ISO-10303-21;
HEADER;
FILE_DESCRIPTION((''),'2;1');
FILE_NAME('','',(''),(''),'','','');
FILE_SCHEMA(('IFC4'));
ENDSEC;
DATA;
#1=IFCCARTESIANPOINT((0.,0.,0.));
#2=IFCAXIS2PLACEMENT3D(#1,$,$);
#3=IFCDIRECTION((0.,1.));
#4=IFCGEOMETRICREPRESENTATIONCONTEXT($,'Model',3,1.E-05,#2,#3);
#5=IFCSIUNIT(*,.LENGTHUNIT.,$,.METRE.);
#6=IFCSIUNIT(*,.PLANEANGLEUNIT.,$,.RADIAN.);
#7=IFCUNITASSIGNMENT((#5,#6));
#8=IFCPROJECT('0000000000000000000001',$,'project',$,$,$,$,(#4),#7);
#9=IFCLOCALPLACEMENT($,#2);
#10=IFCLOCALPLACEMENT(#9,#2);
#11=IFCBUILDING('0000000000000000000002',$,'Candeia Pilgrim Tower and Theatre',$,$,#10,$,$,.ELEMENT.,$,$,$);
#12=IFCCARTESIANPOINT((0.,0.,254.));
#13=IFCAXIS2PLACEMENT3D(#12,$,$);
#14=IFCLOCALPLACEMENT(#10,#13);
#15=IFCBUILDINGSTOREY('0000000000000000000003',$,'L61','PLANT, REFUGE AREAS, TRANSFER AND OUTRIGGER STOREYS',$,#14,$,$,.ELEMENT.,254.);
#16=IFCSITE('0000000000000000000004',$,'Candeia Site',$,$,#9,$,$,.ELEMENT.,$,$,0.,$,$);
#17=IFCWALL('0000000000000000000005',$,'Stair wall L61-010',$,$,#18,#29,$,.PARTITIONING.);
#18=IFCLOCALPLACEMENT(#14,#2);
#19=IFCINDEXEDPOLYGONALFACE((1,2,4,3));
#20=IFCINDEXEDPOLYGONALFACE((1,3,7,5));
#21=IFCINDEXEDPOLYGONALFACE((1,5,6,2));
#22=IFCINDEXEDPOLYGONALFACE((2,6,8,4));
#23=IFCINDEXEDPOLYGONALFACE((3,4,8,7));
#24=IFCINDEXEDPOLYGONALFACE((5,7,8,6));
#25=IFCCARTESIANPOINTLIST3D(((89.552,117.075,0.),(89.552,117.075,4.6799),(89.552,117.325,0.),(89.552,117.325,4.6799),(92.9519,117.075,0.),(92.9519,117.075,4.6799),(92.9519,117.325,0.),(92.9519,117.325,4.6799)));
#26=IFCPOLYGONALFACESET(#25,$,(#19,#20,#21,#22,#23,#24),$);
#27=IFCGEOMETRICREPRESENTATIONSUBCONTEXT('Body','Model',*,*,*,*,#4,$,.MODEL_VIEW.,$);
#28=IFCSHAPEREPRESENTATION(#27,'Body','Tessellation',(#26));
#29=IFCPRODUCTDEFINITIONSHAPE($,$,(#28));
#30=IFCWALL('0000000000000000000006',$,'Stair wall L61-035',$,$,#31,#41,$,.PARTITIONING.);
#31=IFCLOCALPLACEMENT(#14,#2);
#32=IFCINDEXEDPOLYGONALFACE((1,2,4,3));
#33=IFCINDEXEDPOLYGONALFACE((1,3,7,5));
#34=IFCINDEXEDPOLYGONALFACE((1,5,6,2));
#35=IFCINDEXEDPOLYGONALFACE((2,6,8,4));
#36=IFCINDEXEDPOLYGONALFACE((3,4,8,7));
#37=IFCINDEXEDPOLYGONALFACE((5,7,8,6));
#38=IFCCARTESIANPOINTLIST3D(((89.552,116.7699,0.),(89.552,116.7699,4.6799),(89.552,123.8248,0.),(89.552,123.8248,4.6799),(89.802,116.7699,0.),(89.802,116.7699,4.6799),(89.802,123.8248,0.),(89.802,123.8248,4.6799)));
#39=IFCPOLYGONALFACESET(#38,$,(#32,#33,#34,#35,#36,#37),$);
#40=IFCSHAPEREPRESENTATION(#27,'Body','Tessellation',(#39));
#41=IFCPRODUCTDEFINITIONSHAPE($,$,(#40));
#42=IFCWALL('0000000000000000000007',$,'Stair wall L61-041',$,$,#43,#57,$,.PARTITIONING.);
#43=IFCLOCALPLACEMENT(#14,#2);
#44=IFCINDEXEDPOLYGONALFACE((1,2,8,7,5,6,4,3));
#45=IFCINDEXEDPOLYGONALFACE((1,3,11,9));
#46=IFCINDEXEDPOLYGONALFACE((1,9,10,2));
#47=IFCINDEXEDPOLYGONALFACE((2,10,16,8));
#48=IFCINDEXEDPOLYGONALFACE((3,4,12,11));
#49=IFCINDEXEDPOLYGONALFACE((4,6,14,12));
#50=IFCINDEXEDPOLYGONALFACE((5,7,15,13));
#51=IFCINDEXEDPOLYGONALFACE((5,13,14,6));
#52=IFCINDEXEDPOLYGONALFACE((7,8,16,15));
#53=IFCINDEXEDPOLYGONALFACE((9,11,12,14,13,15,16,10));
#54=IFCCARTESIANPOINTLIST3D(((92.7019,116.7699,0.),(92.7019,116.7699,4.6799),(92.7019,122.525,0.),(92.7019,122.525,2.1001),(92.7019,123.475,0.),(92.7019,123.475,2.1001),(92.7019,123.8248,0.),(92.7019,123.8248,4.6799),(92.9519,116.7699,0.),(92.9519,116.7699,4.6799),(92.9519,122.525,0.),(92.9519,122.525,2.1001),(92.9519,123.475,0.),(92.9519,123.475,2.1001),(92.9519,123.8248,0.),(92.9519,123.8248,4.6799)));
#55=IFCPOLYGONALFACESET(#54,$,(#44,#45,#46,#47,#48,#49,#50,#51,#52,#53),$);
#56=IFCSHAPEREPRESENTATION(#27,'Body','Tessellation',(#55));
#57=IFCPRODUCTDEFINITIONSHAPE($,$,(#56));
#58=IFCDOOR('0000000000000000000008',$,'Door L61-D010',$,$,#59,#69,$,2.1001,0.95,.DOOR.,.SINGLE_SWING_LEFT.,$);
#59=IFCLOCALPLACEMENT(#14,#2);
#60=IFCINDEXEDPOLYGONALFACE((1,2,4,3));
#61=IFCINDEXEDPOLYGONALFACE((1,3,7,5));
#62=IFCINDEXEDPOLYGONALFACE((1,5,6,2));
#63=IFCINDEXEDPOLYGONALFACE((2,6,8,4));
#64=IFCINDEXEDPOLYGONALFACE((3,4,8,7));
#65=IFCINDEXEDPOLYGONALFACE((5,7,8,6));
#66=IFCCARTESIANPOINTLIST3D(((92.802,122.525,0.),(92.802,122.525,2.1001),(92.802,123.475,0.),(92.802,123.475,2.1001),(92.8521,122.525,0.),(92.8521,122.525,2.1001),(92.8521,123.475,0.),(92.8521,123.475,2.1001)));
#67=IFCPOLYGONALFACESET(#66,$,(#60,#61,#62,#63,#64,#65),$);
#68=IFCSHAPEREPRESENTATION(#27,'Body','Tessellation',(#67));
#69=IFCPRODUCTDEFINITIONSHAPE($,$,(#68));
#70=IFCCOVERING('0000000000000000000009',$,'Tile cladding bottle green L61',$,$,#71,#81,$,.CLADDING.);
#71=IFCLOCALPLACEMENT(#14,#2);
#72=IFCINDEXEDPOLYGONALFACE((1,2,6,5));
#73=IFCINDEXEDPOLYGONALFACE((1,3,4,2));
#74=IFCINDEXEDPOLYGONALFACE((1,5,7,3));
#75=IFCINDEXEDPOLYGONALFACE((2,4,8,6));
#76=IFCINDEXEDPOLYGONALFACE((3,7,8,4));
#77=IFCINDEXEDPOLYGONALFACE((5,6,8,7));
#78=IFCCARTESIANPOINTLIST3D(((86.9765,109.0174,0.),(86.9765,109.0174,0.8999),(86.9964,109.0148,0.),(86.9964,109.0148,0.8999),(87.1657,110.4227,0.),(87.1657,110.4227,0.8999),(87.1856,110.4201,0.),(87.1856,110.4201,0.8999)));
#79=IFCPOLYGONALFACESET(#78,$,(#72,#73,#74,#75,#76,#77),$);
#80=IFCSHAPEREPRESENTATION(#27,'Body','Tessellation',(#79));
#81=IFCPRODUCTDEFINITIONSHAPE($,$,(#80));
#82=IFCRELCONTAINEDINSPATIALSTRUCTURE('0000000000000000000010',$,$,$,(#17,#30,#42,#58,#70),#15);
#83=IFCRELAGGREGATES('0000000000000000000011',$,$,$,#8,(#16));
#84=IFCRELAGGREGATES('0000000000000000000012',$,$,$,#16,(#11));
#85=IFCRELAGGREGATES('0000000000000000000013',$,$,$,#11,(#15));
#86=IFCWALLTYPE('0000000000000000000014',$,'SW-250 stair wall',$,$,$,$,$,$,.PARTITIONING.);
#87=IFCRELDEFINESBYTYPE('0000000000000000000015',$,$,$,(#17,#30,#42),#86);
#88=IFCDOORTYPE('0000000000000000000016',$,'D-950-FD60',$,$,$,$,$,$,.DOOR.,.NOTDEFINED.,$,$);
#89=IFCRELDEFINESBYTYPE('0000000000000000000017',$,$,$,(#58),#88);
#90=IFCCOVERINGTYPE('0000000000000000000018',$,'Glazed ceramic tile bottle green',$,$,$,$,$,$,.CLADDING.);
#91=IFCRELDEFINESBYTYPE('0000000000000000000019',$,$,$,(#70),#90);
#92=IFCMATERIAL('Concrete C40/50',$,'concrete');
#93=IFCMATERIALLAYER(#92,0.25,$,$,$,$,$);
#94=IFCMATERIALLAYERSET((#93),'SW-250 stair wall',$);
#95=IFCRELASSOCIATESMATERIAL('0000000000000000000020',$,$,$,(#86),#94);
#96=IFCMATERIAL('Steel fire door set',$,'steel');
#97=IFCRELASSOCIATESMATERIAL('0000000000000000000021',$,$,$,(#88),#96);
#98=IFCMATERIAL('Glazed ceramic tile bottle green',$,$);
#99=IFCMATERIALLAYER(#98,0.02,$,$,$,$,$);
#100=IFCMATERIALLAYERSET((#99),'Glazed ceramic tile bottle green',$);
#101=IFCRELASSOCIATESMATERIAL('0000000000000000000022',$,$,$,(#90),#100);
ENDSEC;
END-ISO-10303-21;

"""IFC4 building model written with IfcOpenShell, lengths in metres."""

from ifc_helpers import new_model, si_unit, direction, frame, frame_2d, origin, origin_2d, place, context, subcontext, project, spatial, rectangle, extrude, material, layer, layer_set, type_object, element, fill, save


model = new_model("IFC4")

# Units and contexts
model_context = context("Model", 3, precision=1e-05, world=origin(), true_north=direction((0.0, 1.0)))
body_context = subcontext(model_context, "Body", "Model", "MODEL_VIEW")
ifc_project = project(units=[si_unit("LENGTHUNIT", "METRE"), si_unit("PLANEANGLEUNIT", "RADIAN")], contexts=[model_context])

# Site, building, storey
site_placement = place(None, origin())
site = spatial("IfcSite", under=ifc_project, at=site_placement, Name="Candeia Site", CompositionType="ELEMENT", RefElevation=0.0)
building_placement = place(site_placement, origin())
building = spatial("IfcBuilding", under=site, at=building_placement, Name="Candeia Pilgrim Tower and Theatre", CompositionType="ELEMENT")
storey_placement = place(building_placement, frame((0.0, 0.0, 254.0)))
storey = spatial("IfcBuildingStorey", under=building, at=storey_placement, Name="L61", Description="PLANT, REFUGE AREAS, TRANSFER AND OUTRIGGER STOREYS", CompositionType="ELEMENT", Elevation=254.0)

# Shared definitions
ifc_material_1 = material(Name="Concrete C40/50", Category="concrete")
ifc_material_2 = material(Name="Steel fire door set", Category="steel")

# Walls
ifc_layer_1 = layer(ifc_material_1, 0.25)
ifc_layer_set_1 = layer_set([ifc_layer_1], Name="SW-250 stair wall")
wall_type_1 = type_object("IfcWallType", Name="SW-250 stair wall", PredefinedType="PARTITIONING", material=ifc_layer_set_1)
wall_1_placement = place(storey_placement, frame((89.552, 117.2, 0.0), z_axis=(0.0, 0.0, 1.0), x_axis=(1.0, 0.0, 0.0)))
element("IfcWall", 1, at=wall_1_placement, inside=storey, type_object=wall_type_1, Name="Stair wall L61-010", PredefinedType="PARTITIONING", context=body_context, shape_type="SweptSolid", body=[
    extrude(rectangle(XDim=3.3999, YDim=0.25, at=frame_2d((1.7, 0.0))), origin(), (0.0, 0.0, 1.0), 4.6799),
])
wall_2_placement = place(storey_placement, frame((89.677, 116.77, 0.0), z_axis=(0.0, 0.0, 1.0), x_axis=(0.0, 1.0, 0.0)))
element("IfcWall", 2, at=wall_2_placement, inside=storey, type_object=wall_type_1, Name="Stair wall L61-035", PredefinedType="PARTITIONING", context=body_context, shape_type="SweptSolid", body=[
    extrude(rectangle(XDim=7.0549, YDim=0.25, at=frame_2d((3.5273, 0.0))), origin(), (0.0, 0.0, 1.0), 4.6799),
])

# Wall, opening, door
wall_3_placement = place(storey_placement, frame((92.8269, 116.77, 0.0), z_axis=(0.0, 0.0, 1.0), x_axis=(0.0, 1.0, 0.0)))
wall_3 = element("IfcWall", 3, at=wall_3_placement, inside=storey, type_object=wall_type_1, Name="Stair wall L61-041", PredefinedType="PARTITIONING", context=body_context, shape_type="SweptSolid", body=[
    extrude(rectangle(XDim=7.0549, YDim=0.25, at=frame_2d((3.5273, 0.0))), origin(), (0.0, 0.0, 1.0), 4.6799),
])
opening_1_placement = place(wall_3_placement, frame((5.7549, 0.0, 0.0)))
opening_1 = element("IfcOpeningElement", 4, at=opening_1_placement, cuts=wall_3, PredefinedType="OPENING", context=body_context, shape_type="SweptSolid", body=[
    extrude(rectangle(XDim=0.95, YDim=2.1001, at=frame_2d((0.4751, 1.05))), frame((0.0, 0.135, 0.0), z_axis=(0.0, -1.0, 0.0), x_axis=(1.0, 0.0, 0.0)), (0.0, 0.0, 1.0), 0.27),
])
door_type_1 = type_object("IfcDoorType", Name="D-950-FD60", OperationType="NOTDEFINED", PredefinedType="DOOR", material=ifc_material_2)
door_1_placement = place(opening_1_placement, origin())
door_1 = element("IfcDoor", 5, at=door_1_placement, inside=storey, type_object=door_type_1, Name="Door L61-D010", OperationType="SINGLE_SWING_LEFT", OverallHeight=2.1001, OverallWidth=0.95, PredefinedType="DOOR", context=body_context, shape_type="SweptSolid", body=[
    extrude(rectangle(XDim=0.95, YDim=2.1001, at=frame_2d((0.4751, 1.05))), frame((0.0, 0.0249, 0.0), z_axis=(0.0, -1.0, 0.0), x_axis=(1.0, 0.0, 0.0)), (0.0, 0.0, 1.0), 0.05),
])
fill(opening_1, door_1)

# Covering
ifc_material_3 = material(Name="Glazed ceramic tile bottle green")
ifc_layer_2 = layer(ifc_material_3, 0.02)
ifc_layer_set_2 = layer_set([ifc_layer_2], Name="Glazed ceramic tile bottle green")
covering_type = type_object("IfcCoveringType", Name="Glazed ceramic tile bottle green", PredefinedType="CLADDING", material=ifc_layer_set_2)
covering_placement = place(storey_placement, frame((87.0811, 109.7188, 0.0), z_axis=(0.0, 0.0, 1.0), x_axis=(-0.133412, -0.991061, 0.0)))
element("IfcCovering", 6, at=covering_placement, inside=storey, type_object=covering_type, Name="Tile cladding bottle green L61", PredefinedType="CLADDING", context=body_context, shape_type="SweptSolid", body=[
    extrude(rectangle(XDim=1.418, YDim=0.02, at=origin_2d()), origin(), (0.0, 0.0, 1.0), 0.8999),
])

save(model, "model.ifc")
